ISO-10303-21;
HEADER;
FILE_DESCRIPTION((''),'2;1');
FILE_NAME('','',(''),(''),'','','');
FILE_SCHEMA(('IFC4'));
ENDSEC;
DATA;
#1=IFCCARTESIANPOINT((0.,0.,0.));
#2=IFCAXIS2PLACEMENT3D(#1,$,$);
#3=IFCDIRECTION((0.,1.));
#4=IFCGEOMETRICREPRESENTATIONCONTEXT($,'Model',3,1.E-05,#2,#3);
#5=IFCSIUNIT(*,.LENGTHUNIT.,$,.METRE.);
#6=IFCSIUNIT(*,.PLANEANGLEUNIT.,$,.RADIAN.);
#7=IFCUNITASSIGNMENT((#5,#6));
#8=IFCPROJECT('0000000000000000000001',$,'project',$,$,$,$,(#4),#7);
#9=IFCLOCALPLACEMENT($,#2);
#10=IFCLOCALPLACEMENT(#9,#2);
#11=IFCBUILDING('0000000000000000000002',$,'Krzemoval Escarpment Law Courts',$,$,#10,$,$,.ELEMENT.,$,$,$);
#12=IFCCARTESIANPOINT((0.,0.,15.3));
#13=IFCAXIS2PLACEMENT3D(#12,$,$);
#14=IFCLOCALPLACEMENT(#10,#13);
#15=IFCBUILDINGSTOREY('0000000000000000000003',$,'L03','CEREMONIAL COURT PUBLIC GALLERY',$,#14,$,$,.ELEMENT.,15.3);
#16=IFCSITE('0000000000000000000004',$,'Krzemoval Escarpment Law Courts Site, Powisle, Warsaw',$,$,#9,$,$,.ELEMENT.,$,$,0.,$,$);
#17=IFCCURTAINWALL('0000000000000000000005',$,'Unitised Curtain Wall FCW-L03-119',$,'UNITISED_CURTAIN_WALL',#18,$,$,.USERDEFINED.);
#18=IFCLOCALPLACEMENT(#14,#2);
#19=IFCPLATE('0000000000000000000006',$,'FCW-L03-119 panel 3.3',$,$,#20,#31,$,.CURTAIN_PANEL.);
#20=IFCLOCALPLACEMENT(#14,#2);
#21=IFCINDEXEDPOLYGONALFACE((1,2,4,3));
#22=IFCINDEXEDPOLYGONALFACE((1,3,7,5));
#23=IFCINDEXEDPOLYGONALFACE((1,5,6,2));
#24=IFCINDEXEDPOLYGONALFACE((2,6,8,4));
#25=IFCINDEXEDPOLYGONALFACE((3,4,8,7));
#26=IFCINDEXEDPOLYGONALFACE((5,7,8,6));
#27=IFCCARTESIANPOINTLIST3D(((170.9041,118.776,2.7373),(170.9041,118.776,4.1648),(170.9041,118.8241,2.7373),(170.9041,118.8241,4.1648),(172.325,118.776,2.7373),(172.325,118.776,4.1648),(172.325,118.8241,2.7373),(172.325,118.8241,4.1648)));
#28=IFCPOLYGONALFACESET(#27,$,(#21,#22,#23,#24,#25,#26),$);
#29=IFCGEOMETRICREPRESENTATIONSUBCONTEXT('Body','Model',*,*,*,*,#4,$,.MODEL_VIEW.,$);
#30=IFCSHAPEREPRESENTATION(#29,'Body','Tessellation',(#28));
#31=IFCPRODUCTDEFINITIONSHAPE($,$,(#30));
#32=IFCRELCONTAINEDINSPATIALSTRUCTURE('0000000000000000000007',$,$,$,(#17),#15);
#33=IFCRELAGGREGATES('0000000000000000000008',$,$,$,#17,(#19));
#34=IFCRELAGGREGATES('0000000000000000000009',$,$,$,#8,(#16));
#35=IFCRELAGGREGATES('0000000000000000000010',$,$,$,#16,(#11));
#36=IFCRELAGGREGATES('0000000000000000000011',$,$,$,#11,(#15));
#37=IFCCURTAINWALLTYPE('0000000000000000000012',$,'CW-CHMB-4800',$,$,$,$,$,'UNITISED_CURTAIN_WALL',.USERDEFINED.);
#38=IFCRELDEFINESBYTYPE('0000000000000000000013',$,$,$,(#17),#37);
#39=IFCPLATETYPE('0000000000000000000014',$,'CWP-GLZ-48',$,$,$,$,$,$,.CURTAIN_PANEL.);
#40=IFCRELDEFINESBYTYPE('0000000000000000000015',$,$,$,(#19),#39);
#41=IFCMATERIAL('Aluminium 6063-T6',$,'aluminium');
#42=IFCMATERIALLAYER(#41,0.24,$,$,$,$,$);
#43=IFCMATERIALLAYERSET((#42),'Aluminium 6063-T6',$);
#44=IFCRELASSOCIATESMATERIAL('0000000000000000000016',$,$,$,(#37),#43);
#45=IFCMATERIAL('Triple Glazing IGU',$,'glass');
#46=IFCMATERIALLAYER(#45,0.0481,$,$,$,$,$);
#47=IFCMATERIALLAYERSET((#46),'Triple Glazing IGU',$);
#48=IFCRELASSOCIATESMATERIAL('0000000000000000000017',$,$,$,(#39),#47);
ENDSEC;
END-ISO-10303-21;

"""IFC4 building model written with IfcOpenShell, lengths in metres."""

from ifc_helpers import new_model, si_unit, direction, frame, origin, origin_2d, place, context, subcontext, project, spatial, rectangle, extrude, material, layer, layer_set, type_object, element, aggregate, save


model = new_model("IFC4")

# Units and contexts
model_context = context("Model", 3, precision=1e-05, world=origin(), true_north=direction((0.0, 1.0)))
body_context = subcontext(model_context, "Body", "Model", "MODEL_VIEW")
ifc_project = project(units=[si_unit("LENGTHUNIT", "METRE"), si_unit("PLANEANGLEUNIT", "RADIAN")], contexts=[model_context])

# Site, building, storey
site_placement = place(None, origin())
site = spatial("IfcSite", under=ifc_project, at=site_placement, Name="Krzemoval Escarpment Law Courts Site, Powisle, Warsaw", CompositionType="ELEMENT", RefElevation=0.0)
building_placement = place(site_placement, origin())
building = spatial("IfcBuilding", under=site, at=building_placement, Name="Krzemoval Escarpment Law Courts", CompositionType="ELEMENT")
storey_placement = place(building_placement, frame((0.0, 0.0, 15.3)))
storey = spatial("IfcBuildingStorey", under=building, at=storey_placement, Name="L03", Description="CEREMONIAL COURT PUBLIC GALLERY", CompositionType="ELEMENT", Elevation=15.3)

# Curtain wall
ifc_material_1 = material(Name="Aluminium 6063-T6", Category="aluminium")
ifc_layer_1 = layer(ifc_material_1, 0.24)
ifc_layer_set_1 = layer_set([ifc_layer_1], Name="Aluminium 6063-T6")
curtain_wall_type = type_object("IfcCurtainWallType", Name="CW-CHMB-4800", ElementType="UNITISED_CURTAIN_WALL", PredefinedType="USERDEFINED", material=ifc_layer_set_1)
curtain_wall_1_placement = place(storey_placement, origin())
curtain_wall_1 = element("IfcCurtainWall", 1, at=curtain_wall_1_placement, inside=storey, type_object=curtain_wall_type, Name="Unitised Curtain Wall FCW-L03-119", ObjectType="UNITISED_CURTAIN_WALL", PredefinedType="USERDEFINED")

# Plate
ifc_material_2 = material(Name="Triple Glazing IGU", Category="glass")
ifc_layer_2 = layer(ifc_material_2, 0.0481)
ifc_layer_set_2 = layer_set([ifc_layer_2], Name="Triple Glazing IGU")
plate_type = type_object("IfcPlateType", Name="CWP-GLZ-48", PredefinedType="CURTAIN_PANEL", material=ifc_layer_set_2)
plate_1_placement = place(storey_placement, frame((171.6145, 118.8, 2.7373), z_axis=(0.0, 0.0, 1.0), x_axis=(1.0, 0.0, 0.0)))
plate_1 = element("IfcPlate", 2, at=plate_1_placement, type_object=plate_type, Name="FCW-L03-119 panel 3.3", PredefinedType="CURTAIN_PANEL", context=body_context, shape_type="SweptSolid", body=[
    extrude(rectangle(XDim=1.4209, YDim=0.0481, at=origin_2d()), origin(), (0.0, 0.0, 1.0), 1.4275),
])
aggregate(curtain_wall_1, [plate_1])

save(model, "model.ifc")
